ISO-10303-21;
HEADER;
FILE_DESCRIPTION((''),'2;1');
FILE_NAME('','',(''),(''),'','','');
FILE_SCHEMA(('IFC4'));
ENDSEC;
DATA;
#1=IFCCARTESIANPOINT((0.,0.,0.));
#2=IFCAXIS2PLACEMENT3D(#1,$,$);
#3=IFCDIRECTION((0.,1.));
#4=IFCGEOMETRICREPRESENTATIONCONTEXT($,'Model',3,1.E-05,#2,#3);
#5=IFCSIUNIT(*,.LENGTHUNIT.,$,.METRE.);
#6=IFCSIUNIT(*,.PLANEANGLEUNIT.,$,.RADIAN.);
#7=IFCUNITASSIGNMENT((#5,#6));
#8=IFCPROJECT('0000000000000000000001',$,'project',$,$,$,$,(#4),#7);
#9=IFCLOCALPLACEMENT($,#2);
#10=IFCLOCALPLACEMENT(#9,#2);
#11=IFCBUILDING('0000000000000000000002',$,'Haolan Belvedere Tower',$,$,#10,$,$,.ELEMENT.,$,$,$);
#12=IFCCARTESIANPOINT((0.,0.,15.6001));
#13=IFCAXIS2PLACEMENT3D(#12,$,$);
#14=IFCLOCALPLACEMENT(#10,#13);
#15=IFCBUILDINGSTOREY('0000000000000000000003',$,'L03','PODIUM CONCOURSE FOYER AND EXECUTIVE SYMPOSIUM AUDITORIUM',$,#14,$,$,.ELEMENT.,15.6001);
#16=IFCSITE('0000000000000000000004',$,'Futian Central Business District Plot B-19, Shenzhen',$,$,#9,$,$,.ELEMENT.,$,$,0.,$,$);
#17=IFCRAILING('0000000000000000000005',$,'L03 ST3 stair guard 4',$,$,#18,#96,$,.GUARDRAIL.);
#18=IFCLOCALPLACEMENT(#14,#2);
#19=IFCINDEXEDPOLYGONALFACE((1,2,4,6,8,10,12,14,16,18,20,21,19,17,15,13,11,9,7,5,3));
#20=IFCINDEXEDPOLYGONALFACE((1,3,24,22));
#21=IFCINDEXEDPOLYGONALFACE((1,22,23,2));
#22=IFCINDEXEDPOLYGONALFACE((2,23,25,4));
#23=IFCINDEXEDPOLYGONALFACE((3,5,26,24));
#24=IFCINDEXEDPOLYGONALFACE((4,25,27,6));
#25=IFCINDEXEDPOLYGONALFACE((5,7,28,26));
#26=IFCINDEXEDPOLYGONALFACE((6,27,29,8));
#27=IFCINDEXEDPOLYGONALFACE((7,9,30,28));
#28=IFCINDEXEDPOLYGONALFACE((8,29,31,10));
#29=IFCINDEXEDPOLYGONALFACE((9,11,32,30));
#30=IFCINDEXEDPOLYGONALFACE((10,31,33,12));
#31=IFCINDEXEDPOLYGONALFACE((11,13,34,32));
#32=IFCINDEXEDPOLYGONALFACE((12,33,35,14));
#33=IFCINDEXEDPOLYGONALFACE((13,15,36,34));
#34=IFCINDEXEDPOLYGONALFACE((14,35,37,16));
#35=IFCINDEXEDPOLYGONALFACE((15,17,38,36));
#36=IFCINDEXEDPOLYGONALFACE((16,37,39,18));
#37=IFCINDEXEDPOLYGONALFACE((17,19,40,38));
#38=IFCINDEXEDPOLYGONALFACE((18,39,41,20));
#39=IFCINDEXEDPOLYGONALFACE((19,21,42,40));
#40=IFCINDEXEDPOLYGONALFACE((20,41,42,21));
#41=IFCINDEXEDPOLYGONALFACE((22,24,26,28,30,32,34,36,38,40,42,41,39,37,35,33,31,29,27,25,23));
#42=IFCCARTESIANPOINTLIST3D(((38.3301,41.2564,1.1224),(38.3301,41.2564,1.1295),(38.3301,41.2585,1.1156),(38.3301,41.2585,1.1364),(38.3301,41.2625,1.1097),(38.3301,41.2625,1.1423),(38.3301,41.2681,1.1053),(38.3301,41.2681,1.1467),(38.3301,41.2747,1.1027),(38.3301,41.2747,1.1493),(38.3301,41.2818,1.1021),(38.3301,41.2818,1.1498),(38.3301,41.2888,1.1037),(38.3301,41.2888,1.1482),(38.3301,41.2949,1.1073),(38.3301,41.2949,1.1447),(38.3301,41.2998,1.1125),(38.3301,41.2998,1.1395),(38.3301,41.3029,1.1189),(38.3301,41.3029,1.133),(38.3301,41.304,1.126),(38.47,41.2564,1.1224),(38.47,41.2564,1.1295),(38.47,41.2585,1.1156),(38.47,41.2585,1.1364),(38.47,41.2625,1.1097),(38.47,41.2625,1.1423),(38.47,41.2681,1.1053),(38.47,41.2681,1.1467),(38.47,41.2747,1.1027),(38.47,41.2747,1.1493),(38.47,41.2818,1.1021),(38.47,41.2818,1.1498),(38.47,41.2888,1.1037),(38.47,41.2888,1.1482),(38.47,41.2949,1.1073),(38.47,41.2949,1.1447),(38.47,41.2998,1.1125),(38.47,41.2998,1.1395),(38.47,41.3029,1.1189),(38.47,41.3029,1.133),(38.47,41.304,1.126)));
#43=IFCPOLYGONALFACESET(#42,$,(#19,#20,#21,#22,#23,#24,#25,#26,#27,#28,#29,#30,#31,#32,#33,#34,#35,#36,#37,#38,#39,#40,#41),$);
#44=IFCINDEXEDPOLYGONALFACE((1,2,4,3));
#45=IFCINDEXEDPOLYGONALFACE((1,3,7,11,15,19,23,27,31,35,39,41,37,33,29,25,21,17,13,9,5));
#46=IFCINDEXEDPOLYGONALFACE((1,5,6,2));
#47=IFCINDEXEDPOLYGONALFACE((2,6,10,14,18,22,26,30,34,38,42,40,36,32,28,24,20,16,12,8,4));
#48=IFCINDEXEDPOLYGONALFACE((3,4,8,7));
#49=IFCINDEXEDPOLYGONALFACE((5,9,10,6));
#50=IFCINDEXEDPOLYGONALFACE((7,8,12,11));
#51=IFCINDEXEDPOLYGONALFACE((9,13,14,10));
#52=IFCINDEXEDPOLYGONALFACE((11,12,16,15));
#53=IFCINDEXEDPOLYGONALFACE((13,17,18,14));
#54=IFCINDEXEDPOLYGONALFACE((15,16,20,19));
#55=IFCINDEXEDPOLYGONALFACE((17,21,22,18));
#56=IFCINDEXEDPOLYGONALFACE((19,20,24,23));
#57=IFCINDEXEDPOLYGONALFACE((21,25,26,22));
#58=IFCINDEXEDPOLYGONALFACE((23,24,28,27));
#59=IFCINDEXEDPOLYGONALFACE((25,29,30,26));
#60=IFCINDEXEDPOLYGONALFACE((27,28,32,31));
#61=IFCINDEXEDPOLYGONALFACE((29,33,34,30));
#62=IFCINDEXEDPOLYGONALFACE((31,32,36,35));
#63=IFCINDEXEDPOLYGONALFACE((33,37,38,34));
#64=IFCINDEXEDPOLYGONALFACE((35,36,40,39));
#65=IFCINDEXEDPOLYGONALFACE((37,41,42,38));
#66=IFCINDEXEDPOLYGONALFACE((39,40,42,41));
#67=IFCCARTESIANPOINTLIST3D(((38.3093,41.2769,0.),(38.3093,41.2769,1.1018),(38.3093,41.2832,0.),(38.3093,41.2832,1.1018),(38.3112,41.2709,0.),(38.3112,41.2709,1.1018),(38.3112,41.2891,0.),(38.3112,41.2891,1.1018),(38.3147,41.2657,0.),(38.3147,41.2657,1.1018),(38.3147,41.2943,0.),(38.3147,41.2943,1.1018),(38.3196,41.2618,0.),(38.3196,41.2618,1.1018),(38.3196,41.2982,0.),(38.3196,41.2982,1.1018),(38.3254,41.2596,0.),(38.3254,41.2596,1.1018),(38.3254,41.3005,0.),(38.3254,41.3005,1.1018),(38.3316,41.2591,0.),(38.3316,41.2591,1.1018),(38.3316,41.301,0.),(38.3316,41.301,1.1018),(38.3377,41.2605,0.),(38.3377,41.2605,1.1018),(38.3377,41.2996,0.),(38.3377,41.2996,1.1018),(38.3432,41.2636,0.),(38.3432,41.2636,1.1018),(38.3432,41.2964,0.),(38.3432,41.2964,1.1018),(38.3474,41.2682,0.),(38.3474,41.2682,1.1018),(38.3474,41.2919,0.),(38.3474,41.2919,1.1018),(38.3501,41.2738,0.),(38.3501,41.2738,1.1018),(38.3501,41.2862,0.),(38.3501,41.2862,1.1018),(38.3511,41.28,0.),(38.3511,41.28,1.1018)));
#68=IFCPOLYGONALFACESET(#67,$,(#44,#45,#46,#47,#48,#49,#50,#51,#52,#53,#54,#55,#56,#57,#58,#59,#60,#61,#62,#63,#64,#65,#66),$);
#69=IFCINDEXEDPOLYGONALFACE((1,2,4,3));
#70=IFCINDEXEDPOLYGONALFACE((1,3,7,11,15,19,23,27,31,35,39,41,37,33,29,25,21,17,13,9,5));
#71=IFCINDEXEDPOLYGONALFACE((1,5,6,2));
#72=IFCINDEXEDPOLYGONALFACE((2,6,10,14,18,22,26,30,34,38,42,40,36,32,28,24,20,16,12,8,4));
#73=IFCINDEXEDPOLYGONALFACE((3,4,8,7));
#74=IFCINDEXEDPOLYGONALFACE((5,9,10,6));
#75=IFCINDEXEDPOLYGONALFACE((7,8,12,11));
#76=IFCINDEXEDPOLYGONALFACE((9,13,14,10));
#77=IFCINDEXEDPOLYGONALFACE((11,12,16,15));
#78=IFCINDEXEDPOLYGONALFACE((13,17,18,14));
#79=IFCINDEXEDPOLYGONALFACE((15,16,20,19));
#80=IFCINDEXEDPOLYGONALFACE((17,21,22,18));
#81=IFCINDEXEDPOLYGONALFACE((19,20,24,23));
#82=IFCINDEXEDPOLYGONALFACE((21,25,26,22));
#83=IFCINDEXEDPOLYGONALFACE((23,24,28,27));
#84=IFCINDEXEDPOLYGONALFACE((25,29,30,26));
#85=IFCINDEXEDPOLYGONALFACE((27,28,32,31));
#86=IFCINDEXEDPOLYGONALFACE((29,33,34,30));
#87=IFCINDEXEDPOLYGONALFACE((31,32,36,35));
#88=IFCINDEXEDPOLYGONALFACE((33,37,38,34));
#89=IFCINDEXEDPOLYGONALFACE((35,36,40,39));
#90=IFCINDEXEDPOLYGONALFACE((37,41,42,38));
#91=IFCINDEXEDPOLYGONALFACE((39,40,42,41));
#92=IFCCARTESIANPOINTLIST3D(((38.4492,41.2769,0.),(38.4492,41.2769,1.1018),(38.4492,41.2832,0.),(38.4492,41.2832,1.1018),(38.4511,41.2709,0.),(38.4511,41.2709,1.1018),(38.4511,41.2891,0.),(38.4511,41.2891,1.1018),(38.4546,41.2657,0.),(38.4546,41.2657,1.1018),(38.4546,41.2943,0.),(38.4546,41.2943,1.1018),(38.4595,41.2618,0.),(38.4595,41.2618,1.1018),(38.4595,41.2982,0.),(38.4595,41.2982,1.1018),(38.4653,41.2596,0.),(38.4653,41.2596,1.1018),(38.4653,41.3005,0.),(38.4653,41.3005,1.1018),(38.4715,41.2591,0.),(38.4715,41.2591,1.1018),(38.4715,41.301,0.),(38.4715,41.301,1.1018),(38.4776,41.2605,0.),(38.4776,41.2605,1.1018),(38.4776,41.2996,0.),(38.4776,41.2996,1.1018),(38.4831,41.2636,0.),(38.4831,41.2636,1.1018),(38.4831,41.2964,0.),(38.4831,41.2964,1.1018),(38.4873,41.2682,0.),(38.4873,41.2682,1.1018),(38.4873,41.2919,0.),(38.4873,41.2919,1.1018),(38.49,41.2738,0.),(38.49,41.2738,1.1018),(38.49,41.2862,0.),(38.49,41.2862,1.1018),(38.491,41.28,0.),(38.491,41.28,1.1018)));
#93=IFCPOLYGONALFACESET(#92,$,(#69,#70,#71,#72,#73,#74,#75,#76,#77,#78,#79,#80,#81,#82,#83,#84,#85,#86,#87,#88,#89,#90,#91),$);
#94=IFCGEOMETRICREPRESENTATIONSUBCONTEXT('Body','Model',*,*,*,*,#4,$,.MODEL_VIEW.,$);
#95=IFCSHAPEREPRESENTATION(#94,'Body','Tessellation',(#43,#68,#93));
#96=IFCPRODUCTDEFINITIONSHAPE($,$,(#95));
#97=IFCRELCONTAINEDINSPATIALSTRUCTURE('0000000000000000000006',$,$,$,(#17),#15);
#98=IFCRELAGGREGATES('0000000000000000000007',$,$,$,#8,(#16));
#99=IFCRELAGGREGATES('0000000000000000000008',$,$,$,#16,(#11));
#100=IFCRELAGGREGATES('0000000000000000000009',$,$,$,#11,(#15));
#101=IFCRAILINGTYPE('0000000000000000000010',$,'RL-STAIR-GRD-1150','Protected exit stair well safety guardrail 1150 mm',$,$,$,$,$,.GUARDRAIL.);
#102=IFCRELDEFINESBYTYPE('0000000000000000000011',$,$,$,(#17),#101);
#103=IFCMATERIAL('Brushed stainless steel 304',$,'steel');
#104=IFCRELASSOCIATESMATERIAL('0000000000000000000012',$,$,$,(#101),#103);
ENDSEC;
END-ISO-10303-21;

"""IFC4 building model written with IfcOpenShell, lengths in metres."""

from ifc_helpers import new_model, si_unit, direction, frame, origin, origin_2d, place, context, subcontext, project, spatial, circle, extrude, material, type_object, element, save


model = new_model("IFC4")

# Units and contexts
model_context = context("Model", 3, precision=1e-05, world=origin(), true_north=direction((0.0, 1.0)))
body_context = subcontext(model_context, "Body", "Model", "MODEL_VIEW")
ifc_project = project(units=[si_unit("LENGTHUNIT", "METRE"), si_unit("PLANEANGLEUNIT", "RADIAN")], contexts=[model_context])

# Site, building, storey
site_placement = place(None, origin())
site = spatial("IfcSite", under=ifc_project, at=site_placement, Name="Futian Central Business District Plot B-19, Shenzhen", CompositionType="ELEMENT", RefElevation=0.0)
building_placement = place(site_placement, origin())
building = spatial("IfcBuilding", under=site, at=building_placement, Name="Haolan Belvedere Tower", CompositionType="ELEMENT")
storey_placement = place(building_placement, frame((0.0, 0.0, 15.6001)))
storey = spatial("IfcBuildingStorey", under=building, at=storey_placement, Name="L03", Description="PODIUM CONCOURSE FOYER AND EXECUTIVE SYMPOSIUM AUDITORIUM", CompositionType="ELEMENT", Elevation=15.6001)

# Railing
ifc_material_1 = material(Name="Brushed stainless steel 304", Category="steel")
railing_type_1 = type_object("IfcRailingType", Name="RL-STAIR-GRD-1150", Description="Protected exit stair well safety guardrail 1150 mm", PredefinedType="GUARDRAIL", material=ifc_material_1)
railing_1_placement = place(storey_placement, frame((38.3301, 41.28, 0.0)))
element("IfcRailing", 1, at=railing_1_placement, inside=storey, type_object=railing_type_1, Name="L03 ST3 stair guard 4", PredefinedType="GUARDRAIL", context=body_context, shape_type="SweptSolid", body=[
    extrude(circle(Radius=0.0239, at=origin_2d()), frame((0.0, 0.0, 1.126), z_axis=(1.0, 0.0, 0.0), x_axis=(0.0, 1.0, 0.0)), (0.0, 0.0, 1.0), 0.1399),
    extrude(circle(Radius=0.021, at=origin_2d()), origin(), (0.0, 0.0, 1.0), 1.1018),
    extrude(circle(Radius=0.021, at=origin_2d()), frame((0.1399, 0.0, 0.0)), (0.0, 0.0, 1.0), 1.1018),
])

save(model, "model.ifc")
